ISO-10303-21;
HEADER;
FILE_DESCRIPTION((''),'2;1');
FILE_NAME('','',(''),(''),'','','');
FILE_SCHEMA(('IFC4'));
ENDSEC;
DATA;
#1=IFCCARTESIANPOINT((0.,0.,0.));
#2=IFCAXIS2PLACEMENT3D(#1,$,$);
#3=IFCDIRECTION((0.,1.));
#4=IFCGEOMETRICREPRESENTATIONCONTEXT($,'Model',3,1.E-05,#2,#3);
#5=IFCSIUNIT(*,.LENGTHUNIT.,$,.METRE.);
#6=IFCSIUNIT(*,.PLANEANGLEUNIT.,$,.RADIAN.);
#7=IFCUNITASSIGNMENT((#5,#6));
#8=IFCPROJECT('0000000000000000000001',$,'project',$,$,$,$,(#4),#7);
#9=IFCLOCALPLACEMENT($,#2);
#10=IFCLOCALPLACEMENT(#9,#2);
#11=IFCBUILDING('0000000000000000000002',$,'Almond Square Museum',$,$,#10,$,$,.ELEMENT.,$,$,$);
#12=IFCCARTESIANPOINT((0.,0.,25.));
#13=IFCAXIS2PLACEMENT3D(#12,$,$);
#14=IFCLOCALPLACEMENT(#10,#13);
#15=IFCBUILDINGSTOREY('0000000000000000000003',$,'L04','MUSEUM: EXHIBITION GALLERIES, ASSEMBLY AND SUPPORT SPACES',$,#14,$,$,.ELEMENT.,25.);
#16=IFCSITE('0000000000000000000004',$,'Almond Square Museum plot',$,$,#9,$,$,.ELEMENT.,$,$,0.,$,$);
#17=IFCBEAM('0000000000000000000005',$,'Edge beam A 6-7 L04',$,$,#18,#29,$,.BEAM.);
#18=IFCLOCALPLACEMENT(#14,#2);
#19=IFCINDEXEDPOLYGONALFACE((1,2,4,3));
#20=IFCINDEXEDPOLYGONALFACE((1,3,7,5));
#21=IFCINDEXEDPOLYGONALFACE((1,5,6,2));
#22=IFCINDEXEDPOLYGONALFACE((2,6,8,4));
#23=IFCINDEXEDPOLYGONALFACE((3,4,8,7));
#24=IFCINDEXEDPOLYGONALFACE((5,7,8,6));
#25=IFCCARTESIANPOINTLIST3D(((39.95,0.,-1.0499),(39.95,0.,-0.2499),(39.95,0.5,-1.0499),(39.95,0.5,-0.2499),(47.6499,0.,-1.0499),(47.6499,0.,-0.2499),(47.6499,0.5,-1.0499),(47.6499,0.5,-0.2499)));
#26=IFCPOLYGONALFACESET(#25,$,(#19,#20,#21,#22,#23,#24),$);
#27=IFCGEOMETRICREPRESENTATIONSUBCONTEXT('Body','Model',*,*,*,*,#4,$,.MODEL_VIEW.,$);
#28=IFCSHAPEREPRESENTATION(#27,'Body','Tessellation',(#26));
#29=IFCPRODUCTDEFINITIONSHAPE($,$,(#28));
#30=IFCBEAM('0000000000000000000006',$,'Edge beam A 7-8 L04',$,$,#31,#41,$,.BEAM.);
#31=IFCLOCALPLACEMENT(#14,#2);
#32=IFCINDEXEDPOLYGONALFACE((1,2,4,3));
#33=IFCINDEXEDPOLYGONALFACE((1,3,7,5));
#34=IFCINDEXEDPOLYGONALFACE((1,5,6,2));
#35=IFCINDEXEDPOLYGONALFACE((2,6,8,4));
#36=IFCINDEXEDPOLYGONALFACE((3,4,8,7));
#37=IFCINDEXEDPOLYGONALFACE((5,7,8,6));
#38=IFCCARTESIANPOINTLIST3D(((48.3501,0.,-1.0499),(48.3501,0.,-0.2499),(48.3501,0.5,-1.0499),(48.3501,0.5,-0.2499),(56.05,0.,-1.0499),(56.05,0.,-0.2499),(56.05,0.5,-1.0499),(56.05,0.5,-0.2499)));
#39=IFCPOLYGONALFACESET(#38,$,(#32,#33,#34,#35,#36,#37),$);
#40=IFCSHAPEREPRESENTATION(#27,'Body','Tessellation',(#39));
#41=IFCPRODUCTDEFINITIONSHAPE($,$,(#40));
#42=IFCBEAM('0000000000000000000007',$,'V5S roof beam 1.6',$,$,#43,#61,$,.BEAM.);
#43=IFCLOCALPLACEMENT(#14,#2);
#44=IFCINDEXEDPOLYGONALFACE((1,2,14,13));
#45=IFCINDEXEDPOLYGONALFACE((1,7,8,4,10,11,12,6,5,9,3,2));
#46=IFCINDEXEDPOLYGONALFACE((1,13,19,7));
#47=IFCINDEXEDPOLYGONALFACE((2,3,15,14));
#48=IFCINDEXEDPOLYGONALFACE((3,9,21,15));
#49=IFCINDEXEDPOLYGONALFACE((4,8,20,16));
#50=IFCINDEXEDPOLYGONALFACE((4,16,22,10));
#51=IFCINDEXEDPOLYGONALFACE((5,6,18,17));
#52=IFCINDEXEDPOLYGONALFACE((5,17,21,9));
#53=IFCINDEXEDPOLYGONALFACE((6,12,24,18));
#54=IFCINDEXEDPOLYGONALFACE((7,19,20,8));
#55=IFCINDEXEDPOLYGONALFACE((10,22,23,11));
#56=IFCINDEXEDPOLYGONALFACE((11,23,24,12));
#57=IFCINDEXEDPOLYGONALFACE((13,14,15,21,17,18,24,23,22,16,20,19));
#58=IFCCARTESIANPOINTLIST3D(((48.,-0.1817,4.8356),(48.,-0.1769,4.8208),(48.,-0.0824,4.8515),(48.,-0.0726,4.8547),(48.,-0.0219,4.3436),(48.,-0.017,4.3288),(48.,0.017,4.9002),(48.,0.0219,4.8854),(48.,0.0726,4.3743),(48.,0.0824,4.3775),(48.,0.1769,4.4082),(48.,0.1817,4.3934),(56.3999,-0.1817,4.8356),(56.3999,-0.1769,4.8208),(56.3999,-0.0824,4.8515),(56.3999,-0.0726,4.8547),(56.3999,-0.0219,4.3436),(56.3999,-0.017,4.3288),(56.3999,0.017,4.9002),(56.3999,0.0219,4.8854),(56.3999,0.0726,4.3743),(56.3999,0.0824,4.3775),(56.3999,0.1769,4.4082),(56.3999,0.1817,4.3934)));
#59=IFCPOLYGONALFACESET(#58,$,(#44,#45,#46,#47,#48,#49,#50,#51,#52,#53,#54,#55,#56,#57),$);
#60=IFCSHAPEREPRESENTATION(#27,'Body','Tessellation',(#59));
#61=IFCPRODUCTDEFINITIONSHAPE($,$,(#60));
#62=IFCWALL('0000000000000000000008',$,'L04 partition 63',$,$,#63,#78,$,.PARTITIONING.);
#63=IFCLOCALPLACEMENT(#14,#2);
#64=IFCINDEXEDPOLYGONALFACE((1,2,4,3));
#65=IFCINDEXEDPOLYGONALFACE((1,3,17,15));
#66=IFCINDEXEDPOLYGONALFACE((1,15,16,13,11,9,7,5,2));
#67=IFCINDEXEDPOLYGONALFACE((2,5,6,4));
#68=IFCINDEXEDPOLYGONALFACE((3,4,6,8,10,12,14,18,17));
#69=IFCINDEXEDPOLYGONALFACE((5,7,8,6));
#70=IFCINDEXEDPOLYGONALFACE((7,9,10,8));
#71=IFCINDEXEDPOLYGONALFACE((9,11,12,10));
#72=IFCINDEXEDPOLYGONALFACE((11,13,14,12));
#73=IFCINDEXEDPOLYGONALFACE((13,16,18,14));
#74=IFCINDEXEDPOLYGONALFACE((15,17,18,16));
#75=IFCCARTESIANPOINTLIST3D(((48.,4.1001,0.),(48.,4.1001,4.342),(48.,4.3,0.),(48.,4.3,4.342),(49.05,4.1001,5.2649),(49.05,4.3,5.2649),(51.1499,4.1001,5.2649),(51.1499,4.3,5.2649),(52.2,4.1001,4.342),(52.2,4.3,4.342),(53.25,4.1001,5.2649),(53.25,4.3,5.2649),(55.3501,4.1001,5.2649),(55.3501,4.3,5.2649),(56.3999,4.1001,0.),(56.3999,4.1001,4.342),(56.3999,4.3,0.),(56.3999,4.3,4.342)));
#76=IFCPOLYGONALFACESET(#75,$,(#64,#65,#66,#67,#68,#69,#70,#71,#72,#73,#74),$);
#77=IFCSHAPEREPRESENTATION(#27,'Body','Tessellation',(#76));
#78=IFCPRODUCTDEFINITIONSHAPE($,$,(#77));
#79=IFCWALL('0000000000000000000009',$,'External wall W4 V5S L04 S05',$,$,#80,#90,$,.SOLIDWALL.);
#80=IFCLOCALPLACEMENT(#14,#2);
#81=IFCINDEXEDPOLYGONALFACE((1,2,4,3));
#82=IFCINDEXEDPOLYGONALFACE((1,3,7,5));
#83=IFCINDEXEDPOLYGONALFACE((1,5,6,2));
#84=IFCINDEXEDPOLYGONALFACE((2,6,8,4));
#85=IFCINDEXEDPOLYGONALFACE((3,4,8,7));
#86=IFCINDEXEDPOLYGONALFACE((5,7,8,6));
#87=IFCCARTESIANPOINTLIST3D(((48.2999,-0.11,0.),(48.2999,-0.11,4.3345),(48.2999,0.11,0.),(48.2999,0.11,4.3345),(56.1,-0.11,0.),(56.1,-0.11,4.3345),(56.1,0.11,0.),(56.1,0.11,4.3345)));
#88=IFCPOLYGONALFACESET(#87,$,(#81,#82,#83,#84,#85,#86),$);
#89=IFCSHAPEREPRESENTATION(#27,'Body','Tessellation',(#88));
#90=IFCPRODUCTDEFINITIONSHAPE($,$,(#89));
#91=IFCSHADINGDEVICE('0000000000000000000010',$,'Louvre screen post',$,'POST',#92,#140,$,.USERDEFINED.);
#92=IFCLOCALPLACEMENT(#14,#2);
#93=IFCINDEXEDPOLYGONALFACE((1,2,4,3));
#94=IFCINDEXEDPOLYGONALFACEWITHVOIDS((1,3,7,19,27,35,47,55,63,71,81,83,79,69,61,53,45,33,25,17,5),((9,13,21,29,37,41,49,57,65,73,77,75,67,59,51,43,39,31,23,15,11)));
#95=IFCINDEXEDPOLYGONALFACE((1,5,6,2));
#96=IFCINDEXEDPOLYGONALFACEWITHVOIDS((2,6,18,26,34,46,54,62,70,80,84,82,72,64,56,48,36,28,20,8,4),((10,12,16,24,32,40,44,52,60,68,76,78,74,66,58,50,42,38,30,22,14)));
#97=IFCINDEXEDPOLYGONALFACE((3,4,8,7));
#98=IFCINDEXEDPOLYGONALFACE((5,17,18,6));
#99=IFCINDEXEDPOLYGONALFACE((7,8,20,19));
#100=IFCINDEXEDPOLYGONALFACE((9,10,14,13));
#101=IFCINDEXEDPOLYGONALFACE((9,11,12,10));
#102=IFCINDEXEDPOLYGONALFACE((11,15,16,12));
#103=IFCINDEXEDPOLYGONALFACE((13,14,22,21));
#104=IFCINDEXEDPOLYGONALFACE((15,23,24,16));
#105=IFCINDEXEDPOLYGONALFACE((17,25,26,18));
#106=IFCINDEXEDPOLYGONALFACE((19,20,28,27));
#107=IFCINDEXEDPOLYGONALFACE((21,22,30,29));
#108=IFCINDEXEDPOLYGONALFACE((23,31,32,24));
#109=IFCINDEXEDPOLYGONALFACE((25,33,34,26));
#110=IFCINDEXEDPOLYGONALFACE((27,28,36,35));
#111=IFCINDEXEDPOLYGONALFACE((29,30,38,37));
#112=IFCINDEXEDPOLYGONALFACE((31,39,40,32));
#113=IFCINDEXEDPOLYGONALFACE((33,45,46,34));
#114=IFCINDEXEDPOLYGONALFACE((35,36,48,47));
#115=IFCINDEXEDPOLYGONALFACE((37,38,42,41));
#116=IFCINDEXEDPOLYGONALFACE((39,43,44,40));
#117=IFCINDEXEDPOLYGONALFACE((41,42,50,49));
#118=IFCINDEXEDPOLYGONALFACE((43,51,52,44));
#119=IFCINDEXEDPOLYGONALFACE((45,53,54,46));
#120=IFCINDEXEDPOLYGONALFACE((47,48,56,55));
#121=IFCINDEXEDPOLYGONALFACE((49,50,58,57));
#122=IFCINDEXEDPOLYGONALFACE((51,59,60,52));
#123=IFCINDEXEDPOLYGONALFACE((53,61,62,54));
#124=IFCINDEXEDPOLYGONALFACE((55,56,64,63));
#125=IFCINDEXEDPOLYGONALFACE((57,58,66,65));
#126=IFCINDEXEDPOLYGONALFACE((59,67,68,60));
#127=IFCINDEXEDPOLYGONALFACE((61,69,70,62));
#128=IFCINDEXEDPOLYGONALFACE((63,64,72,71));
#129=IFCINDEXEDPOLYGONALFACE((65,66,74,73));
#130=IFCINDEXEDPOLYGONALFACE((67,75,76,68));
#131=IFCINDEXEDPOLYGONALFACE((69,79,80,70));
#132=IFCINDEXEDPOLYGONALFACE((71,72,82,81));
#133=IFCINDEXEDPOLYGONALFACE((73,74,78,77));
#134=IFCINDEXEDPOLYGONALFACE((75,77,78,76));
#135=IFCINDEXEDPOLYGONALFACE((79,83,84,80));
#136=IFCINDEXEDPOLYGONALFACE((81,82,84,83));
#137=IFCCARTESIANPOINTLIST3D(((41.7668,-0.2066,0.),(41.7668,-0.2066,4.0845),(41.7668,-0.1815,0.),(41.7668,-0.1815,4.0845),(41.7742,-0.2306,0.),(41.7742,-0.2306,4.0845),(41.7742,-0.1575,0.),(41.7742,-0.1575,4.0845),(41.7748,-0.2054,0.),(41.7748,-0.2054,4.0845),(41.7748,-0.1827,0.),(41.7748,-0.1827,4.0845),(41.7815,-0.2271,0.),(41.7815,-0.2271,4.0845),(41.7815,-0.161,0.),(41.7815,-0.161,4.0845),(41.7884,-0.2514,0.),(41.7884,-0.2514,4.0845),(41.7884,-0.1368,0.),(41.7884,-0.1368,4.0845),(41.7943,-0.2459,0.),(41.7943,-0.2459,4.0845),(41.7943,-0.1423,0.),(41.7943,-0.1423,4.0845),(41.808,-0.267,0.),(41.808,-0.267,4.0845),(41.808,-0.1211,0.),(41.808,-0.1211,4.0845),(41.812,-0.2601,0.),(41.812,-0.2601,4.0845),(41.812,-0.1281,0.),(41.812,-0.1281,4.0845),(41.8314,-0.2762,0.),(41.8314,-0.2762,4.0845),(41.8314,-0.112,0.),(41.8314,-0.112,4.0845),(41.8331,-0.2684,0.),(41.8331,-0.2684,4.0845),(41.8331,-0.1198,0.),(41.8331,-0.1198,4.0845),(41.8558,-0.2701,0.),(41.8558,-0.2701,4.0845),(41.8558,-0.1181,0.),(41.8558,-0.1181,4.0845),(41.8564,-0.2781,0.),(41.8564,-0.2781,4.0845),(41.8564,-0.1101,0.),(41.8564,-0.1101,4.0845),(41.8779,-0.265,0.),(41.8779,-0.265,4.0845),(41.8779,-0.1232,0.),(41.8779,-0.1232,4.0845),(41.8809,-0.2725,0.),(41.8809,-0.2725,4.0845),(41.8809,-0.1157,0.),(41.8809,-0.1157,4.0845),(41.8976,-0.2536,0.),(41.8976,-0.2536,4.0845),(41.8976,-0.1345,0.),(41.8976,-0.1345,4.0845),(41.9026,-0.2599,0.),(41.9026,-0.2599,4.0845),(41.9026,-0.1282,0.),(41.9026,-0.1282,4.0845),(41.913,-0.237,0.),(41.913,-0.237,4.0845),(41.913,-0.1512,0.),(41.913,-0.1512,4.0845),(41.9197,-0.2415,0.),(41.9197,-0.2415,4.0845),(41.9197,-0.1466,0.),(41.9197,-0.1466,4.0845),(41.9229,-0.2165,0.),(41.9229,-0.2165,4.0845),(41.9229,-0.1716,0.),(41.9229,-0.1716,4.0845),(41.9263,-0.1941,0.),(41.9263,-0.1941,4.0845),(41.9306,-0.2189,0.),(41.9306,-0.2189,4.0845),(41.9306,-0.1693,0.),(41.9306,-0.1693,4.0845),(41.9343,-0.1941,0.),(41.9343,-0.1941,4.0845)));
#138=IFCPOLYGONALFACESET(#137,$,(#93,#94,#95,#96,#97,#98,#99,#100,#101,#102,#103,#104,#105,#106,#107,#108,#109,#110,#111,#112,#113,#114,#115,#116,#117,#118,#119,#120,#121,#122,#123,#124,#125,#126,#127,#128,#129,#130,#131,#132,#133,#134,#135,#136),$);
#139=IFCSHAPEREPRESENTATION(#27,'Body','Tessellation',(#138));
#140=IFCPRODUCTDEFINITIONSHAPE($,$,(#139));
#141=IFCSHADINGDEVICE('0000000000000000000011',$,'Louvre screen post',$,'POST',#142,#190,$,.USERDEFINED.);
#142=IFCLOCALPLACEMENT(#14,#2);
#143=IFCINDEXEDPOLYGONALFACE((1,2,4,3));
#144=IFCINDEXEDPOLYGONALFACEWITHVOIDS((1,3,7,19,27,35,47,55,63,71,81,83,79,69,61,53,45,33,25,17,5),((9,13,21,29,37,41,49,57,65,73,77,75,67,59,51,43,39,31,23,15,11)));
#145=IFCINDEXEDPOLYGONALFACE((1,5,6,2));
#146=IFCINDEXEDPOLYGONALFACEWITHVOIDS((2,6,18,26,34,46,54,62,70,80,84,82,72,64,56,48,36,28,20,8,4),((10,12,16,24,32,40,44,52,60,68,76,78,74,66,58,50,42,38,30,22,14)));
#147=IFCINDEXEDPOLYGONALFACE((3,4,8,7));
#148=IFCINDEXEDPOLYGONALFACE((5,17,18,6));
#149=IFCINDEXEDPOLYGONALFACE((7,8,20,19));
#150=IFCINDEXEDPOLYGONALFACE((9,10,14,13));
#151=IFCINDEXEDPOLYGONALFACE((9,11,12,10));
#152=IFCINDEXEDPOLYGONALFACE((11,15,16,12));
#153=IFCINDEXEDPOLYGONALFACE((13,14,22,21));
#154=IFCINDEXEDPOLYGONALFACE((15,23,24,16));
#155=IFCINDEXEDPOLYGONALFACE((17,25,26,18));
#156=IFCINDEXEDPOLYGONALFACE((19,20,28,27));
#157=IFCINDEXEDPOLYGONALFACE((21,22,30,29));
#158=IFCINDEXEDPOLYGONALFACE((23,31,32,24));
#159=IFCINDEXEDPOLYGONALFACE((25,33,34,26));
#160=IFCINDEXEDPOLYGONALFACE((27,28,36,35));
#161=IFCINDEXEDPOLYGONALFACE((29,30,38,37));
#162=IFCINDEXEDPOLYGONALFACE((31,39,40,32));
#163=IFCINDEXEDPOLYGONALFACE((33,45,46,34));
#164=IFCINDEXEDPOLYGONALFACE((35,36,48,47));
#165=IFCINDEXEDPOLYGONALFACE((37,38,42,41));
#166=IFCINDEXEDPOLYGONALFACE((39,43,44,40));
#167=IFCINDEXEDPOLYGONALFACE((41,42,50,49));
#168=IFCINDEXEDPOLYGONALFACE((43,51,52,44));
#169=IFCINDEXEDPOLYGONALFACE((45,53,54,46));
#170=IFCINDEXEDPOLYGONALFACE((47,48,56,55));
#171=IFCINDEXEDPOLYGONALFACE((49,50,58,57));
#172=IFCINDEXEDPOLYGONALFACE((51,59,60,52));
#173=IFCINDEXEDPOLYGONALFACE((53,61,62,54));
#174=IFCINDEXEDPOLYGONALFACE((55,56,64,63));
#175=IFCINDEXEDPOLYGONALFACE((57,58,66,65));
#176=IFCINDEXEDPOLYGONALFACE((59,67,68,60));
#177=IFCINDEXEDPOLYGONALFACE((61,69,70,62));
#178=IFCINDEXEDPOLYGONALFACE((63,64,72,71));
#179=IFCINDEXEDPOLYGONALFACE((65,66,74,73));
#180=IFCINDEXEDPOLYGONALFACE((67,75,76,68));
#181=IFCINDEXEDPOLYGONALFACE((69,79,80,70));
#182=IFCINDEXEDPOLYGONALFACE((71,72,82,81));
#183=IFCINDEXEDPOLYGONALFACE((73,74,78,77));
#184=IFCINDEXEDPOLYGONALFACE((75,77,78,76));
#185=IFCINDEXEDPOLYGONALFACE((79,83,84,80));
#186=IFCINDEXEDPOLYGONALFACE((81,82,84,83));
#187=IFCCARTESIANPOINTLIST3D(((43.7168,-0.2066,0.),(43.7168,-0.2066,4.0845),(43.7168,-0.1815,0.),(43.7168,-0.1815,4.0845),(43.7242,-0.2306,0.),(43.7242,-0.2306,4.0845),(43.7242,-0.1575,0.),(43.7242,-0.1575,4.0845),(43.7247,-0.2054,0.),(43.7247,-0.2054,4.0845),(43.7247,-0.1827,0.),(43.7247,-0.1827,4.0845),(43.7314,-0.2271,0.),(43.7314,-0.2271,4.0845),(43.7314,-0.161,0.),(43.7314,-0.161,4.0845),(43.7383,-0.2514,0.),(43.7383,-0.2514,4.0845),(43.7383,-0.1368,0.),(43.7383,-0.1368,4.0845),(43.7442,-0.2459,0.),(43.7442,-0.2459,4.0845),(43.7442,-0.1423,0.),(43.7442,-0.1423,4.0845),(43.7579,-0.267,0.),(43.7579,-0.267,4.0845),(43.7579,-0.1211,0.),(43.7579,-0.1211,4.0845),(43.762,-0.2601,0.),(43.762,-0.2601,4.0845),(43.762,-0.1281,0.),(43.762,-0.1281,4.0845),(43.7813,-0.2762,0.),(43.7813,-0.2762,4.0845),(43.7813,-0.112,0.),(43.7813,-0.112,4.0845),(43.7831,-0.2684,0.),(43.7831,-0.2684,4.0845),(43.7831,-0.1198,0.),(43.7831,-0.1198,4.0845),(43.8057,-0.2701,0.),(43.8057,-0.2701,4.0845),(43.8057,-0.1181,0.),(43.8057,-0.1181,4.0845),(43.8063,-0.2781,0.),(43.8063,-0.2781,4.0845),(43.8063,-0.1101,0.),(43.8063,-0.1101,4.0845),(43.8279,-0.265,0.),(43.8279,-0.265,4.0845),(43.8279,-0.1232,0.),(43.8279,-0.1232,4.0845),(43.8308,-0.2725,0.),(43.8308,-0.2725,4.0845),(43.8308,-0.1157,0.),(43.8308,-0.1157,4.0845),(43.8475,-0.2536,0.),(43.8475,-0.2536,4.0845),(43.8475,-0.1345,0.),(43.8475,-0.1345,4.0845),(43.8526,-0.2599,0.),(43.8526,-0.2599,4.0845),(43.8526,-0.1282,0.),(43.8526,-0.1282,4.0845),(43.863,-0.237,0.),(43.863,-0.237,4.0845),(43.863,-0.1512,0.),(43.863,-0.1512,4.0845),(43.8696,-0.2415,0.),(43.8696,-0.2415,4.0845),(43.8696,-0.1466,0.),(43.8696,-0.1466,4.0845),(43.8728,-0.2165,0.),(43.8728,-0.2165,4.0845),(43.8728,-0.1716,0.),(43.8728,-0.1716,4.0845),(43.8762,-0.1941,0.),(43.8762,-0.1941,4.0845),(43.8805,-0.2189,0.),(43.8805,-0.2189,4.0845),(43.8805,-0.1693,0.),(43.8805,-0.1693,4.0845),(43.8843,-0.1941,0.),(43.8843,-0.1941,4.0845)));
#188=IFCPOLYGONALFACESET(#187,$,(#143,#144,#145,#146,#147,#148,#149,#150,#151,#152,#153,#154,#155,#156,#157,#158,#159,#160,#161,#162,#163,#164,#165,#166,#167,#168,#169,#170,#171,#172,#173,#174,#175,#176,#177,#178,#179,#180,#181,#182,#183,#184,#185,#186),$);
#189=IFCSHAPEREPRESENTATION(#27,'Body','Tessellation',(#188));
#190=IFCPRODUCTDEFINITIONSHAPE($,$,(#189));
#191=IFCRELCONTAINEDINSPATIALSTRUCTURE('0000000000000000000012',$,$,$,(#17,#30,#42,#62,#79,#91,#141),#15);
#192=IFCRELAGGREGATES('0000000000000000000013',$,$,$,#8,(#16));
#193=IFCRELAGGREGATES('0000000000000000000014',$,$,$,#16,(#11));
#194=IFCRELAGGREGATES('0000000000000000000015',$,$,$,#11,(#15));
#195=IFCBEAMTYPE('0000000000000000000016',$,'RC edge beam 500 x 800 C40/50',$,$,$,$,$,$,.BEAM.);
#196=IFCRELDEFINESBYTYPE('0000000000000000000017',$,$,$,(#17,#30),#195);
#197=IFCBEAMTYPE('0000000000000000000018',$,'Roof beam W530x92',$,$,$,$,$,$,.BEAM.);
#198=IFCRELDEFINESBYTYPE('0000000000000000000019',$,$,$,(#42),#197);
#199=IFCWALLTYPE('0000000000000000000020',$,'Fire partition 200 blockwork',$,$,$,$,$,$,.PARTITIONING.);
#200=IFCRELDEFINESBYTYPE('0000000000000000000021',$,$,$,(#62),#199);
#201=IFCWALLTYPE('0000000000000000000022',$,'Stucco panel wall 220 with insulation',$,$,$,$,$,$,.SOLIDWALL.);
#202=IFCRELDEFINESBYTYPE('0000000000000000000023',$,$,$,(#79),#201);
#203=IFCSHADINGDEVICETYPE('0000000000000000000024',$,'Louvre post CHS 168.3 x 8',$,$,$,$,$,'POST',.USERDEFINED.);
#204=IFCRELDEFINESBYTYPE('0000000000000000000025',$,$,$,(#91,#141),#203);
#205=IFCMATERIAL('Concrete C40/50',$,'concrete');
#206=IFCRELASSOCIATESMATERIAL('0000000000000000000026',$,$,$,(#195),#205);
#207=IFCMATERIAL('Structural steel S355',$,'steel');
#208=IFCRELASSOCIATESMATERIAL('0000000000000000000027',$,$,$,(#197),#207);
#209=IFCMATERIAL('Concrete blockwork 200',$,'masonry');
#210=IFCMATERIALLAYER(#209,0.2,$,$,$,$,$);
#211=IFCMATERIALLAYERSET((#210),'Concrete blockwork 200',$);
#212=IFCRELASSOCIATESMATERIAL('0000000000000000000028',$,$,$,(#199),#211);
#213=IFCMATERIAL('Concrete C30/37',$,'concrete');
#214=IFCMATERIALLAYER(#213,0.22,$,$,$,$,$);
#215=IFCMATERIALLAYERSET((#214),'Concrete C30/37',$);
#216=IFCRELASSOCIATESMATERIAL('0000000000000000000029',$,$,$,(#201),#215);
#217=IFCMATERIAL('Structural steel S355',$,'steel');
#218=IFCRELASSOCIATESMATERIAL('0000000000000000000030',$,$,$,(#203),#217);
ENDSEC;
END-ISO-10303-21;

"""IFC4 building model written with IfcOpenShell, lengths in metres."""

from ifc_helpers import new_model, si_unit, direction, frame, frame_2d, origin, origin_2d, place, context, subcontext, project, spatial, polyline, rectangle, hollow_circle, i_section, outline, extrude, material, layer, layer_set, material_profile, profile_set, type_object, element, save


model = new_model("IFC4")

# Units and contexts
model_context = context("Model", 3, precision=1e-05, world=origin(), true_north=direction((0.0, 1.0)))
body_context = subcontext(model_context, "Body", "Model", "MODEL_VIEW")
ifc_project = project(units=[si_unit("LENGTHUNIT", "METRE"), si_unit("PLANEANGLEUNIT", "RADIAN")], contexts=[model_context])

# Site, building, storey
site_placement = place(None, origin())
site = spatial("IfcSite", under=ifc_project, at=site_placement, Name="Almond Square Museum plot", CompositionType="ELEMENT", RefElevation=0.0)
building_placement = place(site_placement, origin())
building = spatial("IfcBuilding", under=site, at=building_placement, Name="Almond Square Museum", CompositionType="ELEMENT")
storey_placement = place(building_placement, frame((0.0, 0.0, 25.0)))
storey = spatial("IfcBuildingStorey", under=building, at=storey_placement, Name="L04", Description="MUSEUM: EXHIBITION GALLERIES, ASSEMBLY AND SUPPORT SPACES", CompositionType="ELEMENT", Elevation=25.0)

# Beams
ifc_material_1 = material(Name="Concrete C40/50", Category="concrete")
ifc_material_profile_1 = material_profile(ifc_material_1, rectangle(XDim=0.5, YDim=0.8, at=origin_2d()))
ifc_profile_set_1 = profile_set([ifc_material_profile_1], Name="Concrete C40/50")
beam_type_1 = type_object("IfcBeamType", Name="RC edge beam 500 x 800 C40/50", PredefinedType="BEAM", material=ifc_profile_set_1)
for number, where, z_axis, x_axis, name in (
    (1, (39.95, 0.25, -0.6499), (1.0, 0.0, 0.0), (0.0, 1.0, 0.0), "Edge beam A 6-7 L04"),
    (2, (48.3501, 0.25, -0.6499), (1.0, 0.0, 0.0), (0.0, 1.0, 0.0), "Edge beam A 7-8 L04"),
):
    element("IfcBeam", number, at=place(storey_placement, frame(where, z_axis=z_axis, x_axis=x_axis)), inside=storey, type_object=beam_type_1, Name=name, PredefinedType="BEAM", context=body_context, shape_type="SweptSolid", body=[
        extrude(rectangle(XDim=0.5, YDim=0.8, at=origin_2d()), origin(), (0.0, 0.0, 1.0), 7.7),
    ])
ifc_material_2 = material(Name="Structural steel S355", Category="steel")
ifc_material_profile_2 = material_profile(ifc_material_2, i_section(OverallWidth=0.209, OverallDepth=0.533, WebThickness=0.0103, FlangeThickness=0.0156, at=origin_2d()))
ifc_profile_set_2 = profile_set([ifc_material_profile_2], Name="Structural steel S355")
beam_type_2 = type_object("IfcBeamType", Name="Roof beam W530x92", PredefinedType="BEAM", material=ifc_profile_set_2)
beam_placement = place(storey_placement, frame((48.0, 0.0, 4.6145), z_axis=(1.0, 0.0, 0.0), x_axis=(0.0, 0.951057, 0.309017)))
element("IfcBeam", 3, at=beam_placement, inside=storey, type_object=beam_type_2, Name="V5S roof beam 1.6", PredefinedType="BEAM", context=body_context, shape_type="SweptSolid", body=[
    extrude(i_section(OverallWidth=0.209, OverallDepth=0.533, WebThickness=0.0103, FlangeThickness=0.0156, at=origin_2d()), origin(), (0.0, 0.0, 1.0), 8.3999),
])

# Walls
ifc_material_3 = material(Name="Concrete blockwork 200", Category="masonry")
ifc_layer_1 = layer(ifc_material_3, 0.2)
ifc_layer_set_1 = layer_set([ifc_layer_1], Name="Concrete blockwork 200")
wall_type_1 = type_object("IfcWallType", Name="Fire partition 200 blockwork", PredefinedType="PARTITIONING", material=ifc_layer_set_1)
wall_1_placement = place(storey_placement, frame((48.0, 4.2, 0.0), z_axis=(0.0, 0.0, 1.0), x_axis=(1.0, 0.0, 0.0)))
element("IfcWall", 4, at=wall_1_placement, inside=storey, type_object=wall_type_1, Name="L04 partition 63", PredefinedType="PARTITIONING", context=body_context, shape_type="SweptSolid", body=[
    extrude(outline(polyline([(0.0, 0.0), (8.3999, 0.0), (8.3999, 4.342), (7.3501, 5.2649), (5.25, 5.2649), (4.2, 4.342), (3.1499, 5.2649), (1.05, 5.2649), (0.0, 4.342), (0.0, 0.0)])), frame((0.0, 0.1001, 0.0), z_axis=(0.0, -1.0, 0.0), x_axis=(1.0, 0.0, 0.0)), (0.0, 0.0, 1.0), 0.2),
])
ifc_material_4 = material(Name="Concrete C30/37", Category="concrete")
ifc_layer_2 = layer(ifc_material_4, 0.22)
ifc_layer_set_2 = layer_set([ifc_layer_2], Name="Concrete C30/37")
wall_type_2 = type_object("IfcWallType", Name="Stucco panel wall 220 with insulation", PredefinedType="SOLIDWALL", material=ifc_layer_set_2)
wall_2_placement = place(storey_placement, frame((48.3, 0.0, 0.0), z_axis=(0.0, 0.0, 1.0), x_axis=(1.0, 0.0, 0.0)))
element("IfcWall", 5, at=wall_2_placement, inside=storey, type_object=wall_type_2, Name="External wall W4 V5S L04 S05", PredefinedType="SOLIDWALL", context=body_context, shape_type="SweptSolid", body=[
    extrude(rectangle(XDim=7.8, YDim=0.22, at=frame_2d((3.8999, 0.0))), origin(), (0.0, 0.0, 1.0), 4.3345),
])

# Shading devices
ifc_material_5 = material(Name="Structural steel S355", Category="steel")
ifc_material_profile_3 = material_profile(ifc_material_5, hollow_circle(Radius=0.0842, WallThickness=0.0081, at=origin_2d()))
ifc_profile_set_3 = profile_set([ifc_material_profile_3], Name="Structural steel S355")
shading_device_type = type_object("IfcShadingDeviceType", Name="Louvre post CHS 168.3 x 8", ElementType="POST", PredefinedType="USERDEFINED", material=ifc_profile_set_3)
for number, where, z_axis, x_axis, name in (
    (6, (41.8501, -0.1941, 0.0), (0.0, 0.0, 1.0), (1.0, 0.0, 0.0), "Louvre screen post"),
    (7, (43.8, -0.1941, 0.0), (0.0, 0.0, 1.0), (1.0, 0.0, 0.0), "Louvre screen post"),
):
    element("IfcShadingDevice", number, at=place(storey_placement, frame(where, z_axis=z_axis, x_axis=x_axis)), inside=storey, type_object=shading_device_type, Name=name, ObjectType="POST", PredefinedType="USERDEFINED", context=body_context, shape_type="SweptSolid", body=[
        extrude(hollow_circle(Radius=0.0842, WallThickness=0.0081, at=origin_2d()), origin(), (0.0, 0.0, 1.0), 4.0845),
    ])

save(model, "model.ifc")
